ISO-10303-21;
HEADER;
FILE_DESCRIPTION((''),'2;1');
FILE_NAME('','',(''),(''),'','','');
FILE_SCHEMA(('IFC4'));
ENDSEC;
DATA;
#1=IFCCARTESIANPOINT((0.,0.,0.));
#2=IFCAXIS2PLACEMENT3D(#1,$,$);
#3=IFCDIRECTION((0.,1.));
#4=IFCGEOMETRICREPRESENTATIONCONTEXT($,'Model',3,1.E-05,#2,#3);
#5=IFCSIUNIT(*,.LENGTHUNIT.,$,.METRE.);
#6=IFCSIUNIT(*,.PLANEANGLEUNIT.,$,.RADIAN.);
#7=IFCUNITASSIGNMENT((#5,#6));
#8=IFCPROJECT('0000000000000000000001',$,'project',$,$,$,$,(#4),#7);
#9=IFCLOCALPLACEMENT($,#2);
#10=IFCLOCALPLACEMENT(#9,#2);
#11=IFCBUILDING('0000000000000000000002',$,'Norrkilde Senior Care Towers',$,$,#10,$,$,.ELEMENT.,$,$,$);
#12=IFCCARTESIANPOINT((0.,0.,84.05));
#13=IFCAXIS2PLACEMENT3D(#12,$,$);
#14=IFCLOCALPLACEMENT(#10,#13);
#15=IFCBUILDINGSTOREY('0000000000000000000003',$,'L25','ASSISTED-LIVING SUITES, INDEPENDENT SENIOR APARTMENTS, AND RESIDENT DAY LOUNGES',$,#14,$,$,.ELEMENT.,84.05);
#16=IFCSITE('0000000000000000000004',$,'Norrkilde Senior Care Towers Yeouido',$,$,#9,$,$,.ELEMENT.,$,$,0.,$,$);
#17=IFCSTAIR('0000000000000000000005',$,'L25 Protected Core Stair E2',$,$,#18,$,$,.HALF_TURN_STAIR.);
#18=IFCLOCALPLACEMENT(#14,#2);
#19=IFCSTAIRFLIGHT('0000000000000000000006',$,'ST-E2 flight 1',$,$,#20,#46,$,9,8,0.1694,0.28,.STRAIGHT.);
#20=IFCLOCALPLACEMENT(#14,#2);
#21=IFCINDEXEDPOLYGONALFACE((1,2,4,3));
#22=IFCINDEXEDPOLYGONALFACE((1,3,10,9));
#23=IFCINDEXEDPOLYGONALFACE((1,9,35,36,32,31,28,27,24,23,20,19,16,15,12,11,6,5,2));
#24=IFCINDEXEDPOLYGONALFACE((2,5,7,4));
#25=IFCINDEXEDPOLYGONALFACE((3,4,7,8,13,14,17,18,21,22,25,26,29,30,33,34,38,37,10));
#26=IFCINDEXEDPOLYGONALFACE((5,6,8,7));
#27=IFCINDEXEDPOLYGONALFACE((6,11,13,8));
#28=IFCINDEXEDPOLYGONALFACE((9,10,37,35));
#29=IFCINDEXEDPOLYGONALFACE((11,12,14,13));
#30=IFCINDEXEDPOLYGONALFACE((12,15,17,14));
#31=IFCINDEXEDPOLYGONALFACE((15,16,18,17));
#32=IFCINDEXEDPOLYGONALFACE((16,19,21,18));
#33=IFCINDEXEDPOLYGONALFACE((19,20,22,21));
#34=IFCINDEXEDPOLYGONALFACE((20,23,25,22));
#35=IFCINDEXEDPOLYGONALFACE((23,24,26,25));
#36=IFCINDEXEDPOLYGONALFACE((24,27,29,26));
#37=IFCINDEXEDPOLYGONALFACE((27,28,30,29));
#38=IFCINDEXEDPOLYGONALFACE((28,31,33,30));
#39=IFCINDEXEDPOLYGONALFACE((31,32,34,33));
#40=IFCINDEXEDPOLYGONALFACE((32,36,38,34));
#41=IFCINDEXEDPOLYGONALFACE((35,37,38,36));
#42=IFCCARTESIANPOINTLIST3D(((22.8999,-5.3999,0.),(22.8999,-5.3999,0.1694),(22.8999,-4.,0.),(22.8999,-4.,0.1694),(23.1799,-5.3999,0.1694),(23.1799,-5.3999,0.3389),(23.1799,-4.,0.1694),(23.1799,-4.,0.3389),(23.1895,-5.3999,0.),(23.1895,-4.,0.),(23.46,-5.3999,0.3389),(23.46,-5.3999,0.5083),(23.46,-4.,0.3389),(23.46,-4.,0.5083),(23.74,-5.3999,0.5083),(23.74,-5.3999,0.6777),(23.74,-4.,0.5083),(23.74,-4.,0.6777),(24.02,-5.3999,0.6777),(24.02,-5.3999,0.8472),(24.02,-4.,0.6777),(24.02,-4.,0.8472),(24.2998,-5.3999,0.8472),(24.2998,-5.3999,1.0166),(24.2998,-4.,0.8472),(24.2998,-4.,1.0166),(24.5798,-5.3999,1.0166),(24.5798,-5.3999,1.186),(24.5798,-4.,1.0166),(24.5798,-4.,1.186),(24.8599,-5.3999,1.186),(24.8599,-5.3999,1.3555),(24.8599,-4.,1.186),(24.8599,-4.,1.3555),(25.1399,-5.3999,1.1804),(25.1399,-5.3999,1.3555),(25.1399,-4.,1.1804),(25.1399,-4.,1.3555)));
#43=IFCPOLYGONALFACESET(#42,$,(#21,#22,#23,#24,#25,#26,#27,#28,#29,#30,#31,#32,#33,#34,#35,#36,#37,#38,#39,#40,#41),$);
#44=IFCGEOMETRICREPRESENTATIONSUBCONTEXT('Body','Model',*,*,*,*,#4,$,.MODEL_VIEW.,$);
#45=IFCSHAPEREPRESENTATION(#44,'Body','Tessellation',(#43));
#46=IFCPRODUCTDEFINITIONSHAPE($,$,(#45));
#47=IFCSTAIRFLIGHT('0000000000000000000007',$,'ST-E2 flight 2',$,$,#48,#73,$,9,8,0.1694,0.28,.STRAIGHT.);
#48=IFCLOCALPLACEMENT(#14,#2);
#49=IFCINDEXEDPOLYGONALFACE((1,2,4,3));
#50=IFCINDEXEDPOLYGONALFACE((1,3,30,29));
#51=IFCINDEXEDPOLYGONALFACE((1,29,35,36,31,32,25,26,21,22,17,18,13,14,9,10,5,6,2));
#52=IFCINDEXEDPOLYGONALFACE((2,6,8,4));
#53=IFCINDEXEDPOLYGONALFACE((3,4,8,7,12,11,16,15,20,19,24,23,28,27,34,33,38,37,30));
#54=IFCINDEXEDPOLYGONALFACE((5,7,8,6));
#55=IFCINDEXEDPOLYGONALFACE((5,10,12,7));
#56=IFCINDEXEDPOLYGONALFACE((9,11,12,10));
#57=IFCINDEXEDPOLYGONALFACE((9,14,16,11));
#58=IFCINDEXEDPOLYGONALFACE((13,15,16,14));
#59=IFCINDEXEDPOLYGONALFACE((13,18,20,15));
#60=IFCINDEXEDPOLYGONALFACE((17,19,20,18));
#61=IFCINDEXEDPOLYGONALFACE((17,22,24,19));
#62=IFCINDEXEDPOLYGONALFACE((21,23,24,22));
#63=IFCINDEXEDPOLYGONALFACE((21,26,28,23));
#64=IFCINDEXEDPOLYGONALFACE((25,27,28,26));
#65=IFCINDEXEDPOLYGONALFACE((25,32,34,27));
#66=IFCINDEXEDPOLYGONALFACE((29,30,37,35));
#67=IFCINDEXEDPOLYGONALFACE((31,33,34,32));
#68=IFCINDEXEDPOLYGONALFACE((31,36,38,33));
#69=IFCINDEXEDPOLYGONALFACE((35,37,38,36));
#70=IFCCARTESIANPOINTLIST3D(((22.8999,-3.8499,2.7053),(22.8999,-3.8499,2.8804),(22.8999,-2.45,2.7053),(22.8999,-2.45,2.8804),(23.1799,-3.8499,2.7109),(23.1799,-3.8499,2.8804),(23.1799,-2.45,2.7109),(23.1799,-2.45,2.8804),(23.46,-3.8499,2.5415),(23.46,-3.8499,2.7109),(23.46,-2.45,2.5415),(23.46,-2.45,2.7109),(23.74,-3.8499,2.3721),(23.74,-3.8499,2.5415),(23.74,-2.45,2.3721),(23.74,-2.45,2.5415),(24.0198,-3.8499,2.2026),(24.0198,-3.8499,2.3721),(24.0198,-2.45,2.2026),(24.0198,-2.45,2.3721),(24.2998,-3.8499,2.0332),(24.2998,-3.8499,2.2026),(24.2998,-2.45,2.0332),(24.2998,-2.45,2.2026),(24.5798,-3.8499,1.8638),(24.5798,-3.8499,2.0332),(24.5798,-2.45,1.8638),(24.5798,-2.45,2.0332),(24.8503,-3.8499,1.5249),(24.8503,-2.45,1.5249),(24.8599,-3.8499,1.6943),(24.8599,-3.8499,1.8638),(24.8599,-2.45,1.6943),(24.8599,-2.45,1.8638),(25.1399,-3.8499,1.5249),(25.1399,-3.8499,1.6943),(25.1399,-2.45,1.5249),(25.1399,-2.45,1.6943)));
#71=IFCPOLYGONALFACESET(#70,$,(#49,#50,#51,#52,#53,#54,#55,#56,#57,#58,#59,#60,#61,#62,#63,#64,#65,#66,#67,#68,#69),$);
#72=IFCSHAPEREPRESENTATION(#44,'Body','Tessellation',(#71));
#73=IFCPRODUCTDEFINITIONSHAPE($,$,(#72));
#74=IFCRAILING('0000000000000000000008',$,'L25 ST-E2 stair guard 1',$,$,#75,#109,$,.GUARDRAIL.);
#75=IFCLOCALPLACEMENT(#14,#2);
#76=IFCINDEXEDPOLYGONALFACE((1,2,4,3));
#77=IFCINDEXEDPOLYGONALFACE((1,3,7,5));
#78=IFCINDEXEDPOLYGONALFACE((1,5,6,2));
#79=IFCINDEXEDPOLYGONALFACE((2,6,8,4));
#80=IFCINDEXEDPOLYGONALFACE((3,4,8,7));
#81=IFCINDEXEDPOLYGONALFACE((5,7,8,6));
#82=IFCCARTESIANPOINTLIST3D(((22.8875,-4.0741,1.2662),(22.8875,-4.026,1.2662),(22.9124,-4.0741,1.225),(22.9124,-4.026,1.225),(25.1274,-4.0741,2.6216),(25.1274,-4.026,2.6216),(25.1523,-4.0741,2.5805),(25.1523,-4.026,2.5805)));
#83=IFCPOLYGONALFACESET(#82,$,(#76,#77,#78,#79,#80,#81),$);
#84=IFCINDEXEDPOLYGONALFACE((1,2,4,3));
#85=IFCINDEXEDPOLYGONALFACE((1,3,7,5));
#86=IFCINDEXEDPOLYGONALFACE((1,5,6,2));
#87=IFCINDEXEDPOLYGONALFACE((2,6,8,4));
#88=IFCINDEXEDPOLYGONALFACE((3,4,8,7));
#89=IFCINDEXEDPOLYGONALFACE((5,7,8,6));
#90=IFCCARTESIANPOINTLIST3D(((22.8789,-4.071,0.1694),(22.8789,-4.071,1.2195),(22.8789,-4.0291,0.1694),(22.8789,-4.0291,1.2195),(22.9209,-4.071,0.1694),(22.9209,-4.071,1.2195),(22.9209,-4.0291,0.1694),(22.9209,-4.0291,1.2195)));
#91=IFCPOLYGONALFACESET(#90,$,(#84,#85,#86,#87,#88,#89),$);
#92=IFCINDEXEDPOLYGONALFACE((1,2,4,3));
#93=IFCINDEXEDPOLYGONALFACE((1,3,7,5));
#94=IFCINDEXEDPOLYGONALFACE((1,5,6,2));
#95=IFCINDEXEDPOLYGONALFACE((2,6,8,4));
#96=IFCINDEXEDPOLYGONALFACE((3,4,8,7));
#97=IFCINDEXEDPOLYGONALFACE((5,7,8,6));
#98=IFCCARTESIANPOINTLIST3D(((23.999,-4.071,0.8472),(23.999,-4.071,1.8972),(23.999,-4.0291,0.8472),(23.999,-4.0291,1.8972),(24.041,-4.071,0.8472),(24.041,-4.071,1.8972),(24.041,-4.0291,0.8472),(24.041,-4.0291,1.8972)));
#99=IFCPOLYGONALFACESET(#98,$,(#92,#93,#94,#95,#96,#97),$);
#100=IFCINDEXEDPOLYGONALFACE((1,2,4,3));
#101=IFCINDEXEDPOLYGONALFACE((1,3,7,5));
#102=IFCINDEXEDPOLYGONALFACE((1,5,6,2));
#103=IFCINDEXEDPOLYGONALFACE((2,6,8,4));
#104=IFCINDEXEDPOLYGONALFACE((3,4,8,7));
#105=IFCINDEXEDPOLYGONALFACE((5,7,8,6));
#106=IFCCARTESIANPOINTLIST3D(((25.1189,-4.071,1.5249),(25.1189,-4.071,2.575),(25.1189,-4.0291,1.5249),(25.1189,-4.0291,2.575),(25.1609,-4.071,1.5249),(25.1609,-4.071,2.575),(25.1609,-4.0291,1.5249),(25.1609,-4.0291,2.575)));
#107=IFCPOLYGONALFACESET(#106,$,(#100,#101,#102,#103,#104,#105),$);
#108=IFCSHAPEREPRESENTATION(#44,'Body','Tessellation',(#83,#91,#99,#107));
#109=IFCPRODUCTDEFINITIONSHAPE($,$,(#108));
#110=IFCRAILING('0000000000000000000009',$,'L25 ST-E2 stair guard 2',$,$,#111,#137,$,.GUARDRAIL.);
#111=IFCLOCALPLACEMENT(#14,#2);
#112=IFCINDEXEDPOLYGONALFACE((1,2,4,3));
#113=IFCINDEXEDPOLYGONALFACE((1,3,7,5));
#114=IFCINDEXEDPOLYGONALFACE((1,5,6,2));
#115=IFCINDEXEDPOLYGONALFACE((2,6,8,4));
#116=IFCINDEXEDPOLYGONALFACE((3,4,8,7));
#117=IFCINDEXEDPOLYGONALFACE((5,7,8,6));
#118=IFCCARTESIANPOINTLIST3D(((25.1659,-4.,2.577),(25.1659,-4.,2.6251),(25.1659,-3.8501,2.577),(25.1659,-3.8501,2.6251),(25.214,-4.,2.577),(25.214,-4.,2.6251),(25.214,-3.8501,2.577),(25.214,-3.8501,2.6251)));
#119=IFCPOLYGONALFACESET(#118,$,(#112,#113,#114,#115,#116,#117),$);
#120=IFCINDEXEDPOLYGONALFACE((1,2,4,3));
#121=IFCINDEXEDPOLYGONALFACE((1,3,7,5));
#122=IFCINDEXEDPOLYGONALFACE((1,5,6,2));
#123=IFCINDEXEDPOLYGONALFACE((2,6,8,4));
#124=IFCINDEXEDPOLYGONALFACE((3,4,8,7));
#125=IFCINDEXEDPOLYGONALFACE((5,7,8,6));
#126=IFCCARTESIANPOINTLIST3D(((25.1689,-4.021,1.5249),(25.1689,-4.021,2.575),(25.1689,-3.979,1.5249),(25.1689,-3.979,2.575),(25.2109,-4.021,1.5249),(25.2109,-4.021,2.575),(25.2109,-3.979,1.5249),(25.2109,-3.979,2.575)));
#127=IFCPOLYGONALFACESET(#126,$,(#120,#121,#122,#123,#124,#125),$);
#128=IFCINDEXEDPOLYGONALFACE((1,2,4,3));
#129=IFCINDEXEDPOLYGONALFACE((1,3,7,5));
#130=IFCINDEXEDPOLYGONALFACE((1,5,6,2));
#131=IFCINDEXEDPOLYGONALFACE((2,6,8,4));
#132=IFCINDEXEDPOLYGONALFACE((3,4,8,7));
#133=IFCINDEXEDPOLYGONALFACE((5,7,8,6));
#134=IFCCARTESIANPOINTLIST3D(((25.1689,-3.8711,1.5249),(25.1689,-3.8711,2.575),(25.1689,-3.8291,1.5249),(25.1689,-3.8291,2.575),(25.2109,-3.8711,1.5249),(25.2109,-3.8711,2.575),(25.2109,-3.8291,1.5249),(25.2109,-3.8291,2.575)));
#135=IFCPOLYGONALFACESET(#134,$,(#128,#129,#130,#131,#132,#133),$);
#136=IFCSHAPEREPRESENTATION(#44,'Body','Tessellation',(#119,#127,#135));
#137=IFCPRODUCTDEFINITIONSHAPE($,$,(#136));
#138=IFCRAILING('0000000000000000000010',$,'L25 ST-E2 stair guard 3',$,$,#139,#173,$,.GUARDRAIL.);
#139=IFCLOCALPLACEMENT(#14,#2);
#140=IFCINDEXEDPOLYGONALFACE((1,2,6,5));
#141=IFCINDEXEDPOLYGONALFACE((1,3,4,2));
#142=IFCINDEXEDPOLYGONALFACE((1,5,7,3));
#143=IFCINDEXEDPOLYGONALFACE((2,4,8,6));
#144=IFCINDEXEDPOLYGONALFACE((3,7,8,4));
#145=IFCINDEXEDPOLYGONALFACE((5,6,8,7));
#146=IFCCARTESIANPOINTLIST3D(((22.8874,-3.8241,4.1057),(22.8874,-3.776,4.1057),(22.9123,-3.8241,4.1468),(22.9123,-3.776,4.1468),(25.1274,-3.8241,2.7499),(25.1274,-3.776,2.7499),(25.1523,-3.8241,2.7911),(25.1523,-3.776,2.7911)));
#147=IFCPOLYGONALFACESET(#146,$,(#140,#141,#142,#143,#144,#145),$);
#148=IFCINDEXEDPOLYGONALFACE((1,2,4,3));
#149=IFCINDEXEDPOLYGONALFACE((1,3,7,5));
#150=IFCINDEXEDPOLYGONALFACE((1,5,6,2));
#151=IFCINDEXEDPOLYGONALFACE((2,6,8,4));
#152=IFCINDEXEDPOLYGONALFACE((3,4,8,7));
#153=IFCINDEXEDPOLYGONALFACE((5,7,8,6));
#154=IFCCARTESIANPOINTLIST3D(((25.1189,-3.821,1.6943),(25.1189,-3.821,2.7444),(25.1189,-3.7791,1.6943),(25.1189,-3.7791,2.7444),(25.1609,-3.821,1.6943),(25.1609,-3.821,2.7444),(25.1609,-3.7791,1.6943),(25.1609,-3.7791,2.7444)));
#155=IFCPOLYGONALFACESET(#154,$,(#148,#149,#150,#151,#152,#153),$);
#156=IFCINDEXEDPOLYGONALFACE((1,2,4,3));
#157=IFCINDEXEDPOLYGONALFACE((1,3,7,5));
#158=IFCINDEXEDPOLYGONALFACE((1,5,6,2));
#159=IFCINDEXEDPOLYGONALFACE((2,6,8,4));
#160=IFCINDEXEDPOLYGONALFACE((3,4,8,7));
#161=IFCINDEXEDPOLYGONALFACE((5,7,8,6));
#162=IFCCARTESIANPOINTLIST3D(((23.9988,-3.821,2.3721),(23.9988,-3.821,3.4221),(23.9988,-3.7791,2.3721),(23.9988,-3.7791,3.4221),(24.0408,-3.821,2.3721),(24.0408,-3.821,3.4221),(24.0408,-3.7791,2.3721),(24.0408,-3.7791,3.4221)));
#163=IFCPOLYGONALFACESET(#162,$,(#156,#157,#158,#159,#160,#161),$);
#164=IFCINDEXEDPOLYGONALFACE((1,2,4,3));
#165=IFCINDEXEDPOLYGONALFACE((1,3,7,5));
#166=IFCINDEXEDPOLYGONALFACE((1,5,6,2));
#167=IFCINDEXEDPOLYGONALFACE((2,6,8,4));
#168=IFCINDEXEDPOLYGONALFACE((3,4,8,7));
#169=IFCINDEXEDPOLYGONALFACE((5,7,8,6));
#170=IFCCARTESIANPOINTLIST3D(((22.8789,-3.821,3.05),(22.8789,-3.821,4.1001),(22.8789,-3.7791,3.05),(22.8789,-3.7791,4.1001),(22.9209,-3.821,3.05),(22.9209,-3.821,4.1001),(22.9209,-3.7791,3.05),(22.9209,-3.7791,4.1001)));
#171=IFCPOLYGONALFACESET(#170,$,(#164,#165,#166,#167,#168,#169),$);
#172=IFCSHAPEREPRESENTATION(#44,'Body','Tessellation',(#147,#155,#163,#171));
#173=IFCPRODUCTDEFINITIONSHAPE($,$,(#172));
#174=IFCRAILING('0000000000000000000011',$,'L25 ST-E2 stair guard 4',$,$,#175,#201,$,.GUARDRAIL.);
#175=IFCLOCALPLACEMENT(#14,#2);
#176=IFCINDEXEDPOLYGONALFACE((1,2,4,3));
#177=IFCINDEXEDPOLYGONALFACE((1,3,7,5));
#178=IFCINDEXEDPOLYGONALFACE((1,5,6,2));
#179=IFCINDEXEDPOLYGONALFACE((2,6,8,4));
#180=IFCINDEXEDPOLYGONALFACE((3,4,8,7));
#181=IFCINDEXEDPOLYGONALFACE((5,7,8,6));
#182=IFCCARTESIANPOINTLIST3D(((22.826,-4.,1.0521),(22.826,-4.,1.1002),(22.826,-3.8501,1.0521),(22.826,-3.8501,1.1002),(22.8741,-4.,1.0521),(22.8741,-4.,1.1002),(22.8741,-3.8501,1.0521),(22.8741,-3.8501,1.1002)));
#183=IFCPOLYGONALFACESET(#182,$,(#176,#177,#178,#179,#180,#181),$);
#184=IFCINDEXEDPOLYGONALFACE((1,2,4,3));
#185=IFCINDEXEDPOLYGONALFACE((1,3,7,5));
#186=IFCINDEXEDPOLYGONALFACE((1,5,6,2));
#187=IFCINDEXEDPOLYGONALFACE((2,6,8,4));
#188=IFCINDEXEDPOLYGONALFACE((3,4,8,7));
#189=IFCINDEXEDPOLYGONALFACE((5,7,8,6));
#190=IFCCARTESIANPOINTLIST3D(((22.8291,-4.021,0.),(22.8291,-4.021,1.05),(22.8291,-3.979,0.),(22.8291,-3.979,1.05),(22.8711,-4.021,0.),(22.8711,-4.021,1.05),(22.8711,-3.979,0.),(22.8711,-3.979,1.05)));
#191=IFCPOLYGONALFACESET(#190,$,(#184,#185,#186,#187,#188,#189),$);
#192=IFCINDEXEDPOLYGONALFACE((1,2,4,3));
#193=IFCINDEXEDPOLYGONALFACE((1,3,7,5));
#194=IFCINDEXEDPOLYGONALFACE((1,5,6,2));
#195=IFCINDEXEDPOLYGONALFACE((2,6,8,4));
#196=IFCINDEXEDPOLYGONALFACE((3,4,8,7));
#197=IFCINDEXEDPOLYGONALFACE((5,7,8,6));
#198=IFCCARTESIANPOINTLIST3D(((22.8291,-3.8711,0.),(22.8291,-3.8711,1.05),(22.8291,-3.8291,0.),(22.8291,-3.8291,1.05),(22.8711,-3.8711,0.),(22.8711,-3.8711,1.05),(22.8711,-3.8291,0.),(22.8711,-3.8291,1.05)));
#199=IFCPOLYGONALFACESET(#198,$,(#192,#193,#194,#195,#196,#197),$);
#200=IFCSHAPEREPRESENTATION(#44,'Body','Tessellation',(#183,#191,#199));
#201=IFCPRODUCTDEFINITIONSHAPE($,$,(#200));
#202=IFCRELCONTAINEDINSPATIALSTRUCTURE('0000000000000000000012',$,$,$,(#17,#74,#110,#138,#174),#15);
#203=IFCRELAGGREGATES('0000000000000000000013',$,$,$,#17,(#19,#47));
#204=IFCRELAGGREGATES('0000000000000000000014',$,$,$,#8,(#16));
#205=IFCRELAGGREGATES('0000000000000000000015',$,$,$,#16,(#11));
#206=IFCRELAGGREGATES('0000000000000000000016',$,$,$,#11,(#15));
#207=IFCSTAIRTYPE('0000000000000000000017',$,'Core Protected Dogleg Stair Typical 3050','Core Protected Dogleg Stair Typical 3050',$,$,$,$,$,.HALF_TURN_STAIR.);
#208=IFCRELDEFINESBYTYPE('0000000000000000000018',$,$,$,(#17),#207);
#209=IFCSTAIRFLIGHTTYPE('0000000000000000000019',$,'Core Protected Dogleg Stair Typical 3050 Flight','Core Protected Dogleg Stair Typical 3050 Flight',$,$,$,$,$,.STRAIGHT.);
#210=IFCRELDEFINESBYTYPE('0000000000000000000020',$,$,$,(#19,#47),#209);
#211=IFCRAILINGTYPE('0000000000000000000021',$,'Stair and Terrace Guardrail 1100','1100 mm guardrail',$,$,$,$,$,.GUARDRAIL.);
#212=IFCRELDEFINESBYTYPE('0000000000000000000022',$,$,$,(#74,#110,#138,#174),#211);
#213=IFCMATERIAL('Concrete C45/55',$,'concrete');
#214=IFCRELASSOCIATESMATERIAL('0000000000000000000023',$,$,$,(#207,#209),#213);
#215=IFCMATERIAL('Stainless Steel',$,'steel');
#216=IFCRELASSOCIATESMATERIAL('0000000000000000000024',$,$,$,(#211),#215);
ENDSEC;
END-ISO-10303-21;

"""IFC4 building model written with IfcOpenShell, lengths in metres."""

from ifc_helpers import new_model, si_unit, direction, frame, origin, origin_2d, place, context, subcontext, project, spatial, polyline, rectangle, outline, extrude, material, type_object, element, aggregate, save


model = new_model("IFC4")

# Units and contexts
model_context = context("Model", 3, precision=1e-05, world=origin(), true_north=direction((0.0, 1.0)))
body_context = subcontext(model_context, "Body", "Model", "MODEL_VIEW")
ifc_project = project(units=[si_unit("LENGTHUNIT", "METRE"), si_unit("PLANEANGLEUNIT", "RADIAN")], contexts=[model_context])

# Site, building, storey
site_placement = place(None, origin())
site = spatial("IfcSite", under=ifc_project, at=site_placement, Name="Norrkilde Senior Care Towers Yeouido", CompositionType="ELEMENT", RefElevation=0.0)
building_placement = place(site_placement, origin())
building = spatial("IfcBuilding", under=site, at=building_placement, Name="Norrkilde Senior Care Towers", CompositionType="ELEMENT")
storey_placement = place(building_placement, frame((0.0, 0.0, 84.05)))
storey = spatial("IfcBuildingStorey", under=building, at=storey_placement, Name="L25", Description="ASSISTED-LIVING SUITES, INDEPENDENT SENIOR APARTMENTS, AND RESIDENT DAY LOUNGES", CompositionType="ELEMENT", Elevation=84.05)

# Shared definitions
ifc_material_1 = material(Name="Concrete C45/55", Category="concrete")

# Stair, stair flights
stair_type = type_object("IfcStairType", Name="Core Protected Dogleg Stair Typical 3050", Description="Core Protected Dogleg Stair Typical 3050", PredefinedType="HALF_TURN_STAIR", material=ifc_material_1)
stair_placement = place(storey_placement, origin())
stair = element("IfcStair", 1, at=stair_placement, inside=storey, type_object=stair_type, Name="L25 Protected Core Stair E2", PredefinedType="HALF_TURN_STAIR")
stair_flight_type = type_object("IfcStairFlightType", Name="Core Protected Dogleg Stair Typical 3050 Flight", Description="Core Protected Dogleg Stair Typical 3050 Flight", PredefinedType="STRAIGHT", material=ifc_material_1)
stair_flight_1_placement = place(storey_placement, frame((22.8999, -4.7, 0.0), z_axis=(0.0, 0.0, 1.0), x_axis=(1.0, 0.0, 0.0)))
stair_flight_1 = element("IfcStairFlight", 2, at=stair_flight_1_placement, type_object=stair_flight_type, Name="ST-E2 flight 1", NumberOfRisers=9, NumberOfTreads=8, PredefinedType="STRAIGHT", RiserHeight=0.1694, TreadLength=0.28, context=body_context, shape_type="SweptSolid", body=[
    extrude(outline(polyline([(0.0, 0.0), (0.0, 0.1694), (0.28, 0.1694), (0.28, 0.3389), (0.5601, 0.3389), (0.5601, 0.5083), (0.8401, 0.5083), (0.8401, 0.6777), (1.1201, 0.6777), (1.1201, 0.8472), (1.3999, 0.8472), (1.3999, 1.0166), (1.6799, 1.0166), (1.6799, 1.186), (1.96, 1.186), (1.96, 1.3555), (2.24, 1.3555), (2.24, 1.5249), (2.24, 1.1804), (0.2896, 0.0), (0.0, 0.0)])), frame((0.0, 0.7, 0.0), z_axis=(0.0, -1.0, 0.0), x_axis=(1.0, 0.0, 0.0)), (0.0, 0.0, 1.0), 1.3999),
])
stair_flight_2_placement = place(storey_placement, frame((25.1399, -3.1499, 1.5249), z_axis=(0.0, 0.0, 1.0), x_axis=(-1.0, 0.0, 0.0)))
stair_flight_2 = element("IfcStairFlight", 3, at=stair_flight_2_placement, type_object=stair_flight_type, Name="ST-E2 flight 2", NumberOfRisers=9, NumberOfTreads=8, PredefinedType="STRAIGHT", RiserHeight=0.1694, TreadLength=0.28, context=body_context, shape_type="SweptSolid", body=[
    extrude(outline(polyline([(0.0, 0.0), (0.0, 0.1694), (0.28, 0.1694), (0.28, 0.3389), (0.5601, 0.3389), (0.5601, 0.5083), (0.8401, 0.5083), (0.8401, 0.6777), (1.1201, 0.6777), (1.1201, 0.8472), (1.3999, 0.8472), (1.3999, 1.0166), (1.6799, 1.0166), (1.6799, 1.186), (1.96, 1.186), (1.96, 1.3555), (2.24, 1.3555), (2.24, 1.5249), (2.24, 1.1804), (0.2896, 0.0), (0.0, 0.0)])), frame((0.0, 0.7, 0.0), z_axis=(0.0, -1.0, 0.0), x_axis=(1.0, 0.0, 0.0)), (0.0, 0.0, 1.0), 1.3999),
])
aggregate(stair, [stair_flight_1, stair_flight_2])

# Railings
ifc_material_2 = material(Name="Stainless Steel", Category="steel")
railing_type_1 = type_object("IfcRailingType", Name="Stair and Terrace Guardrail 1100", Description="1100 mm guardrail", PredefinedType="GUARDRAIL", material=ifc_material_2)
railing_1_placement = place(storey_placement, frame((22.8999, -4.05, 0.1694)))
element("IfcRailing", 4, at=railing_1_placement, inside=storey, type_object=railing_type_1, Name="L25 ST-E2 stair guard 1", PredefinedType="GUARDRAIL", context=body_context, shape_type="SweptSolid", body=[
    extrude(rectangle(XDim=0.0481, YDim=0.0481, at=origin_2d()), frame((0.0, 0.0, 1.0762), z_axis=(0.855553, 0.0, 0.517715), x_axis=(0.0, 1.0, 0.0)), (0.0, 0.0, 1.0), 2.6182),
    extrude(rectangle(XDim=0.042, YDim=0.042, at=origin_2d()), origin(), (0.0, 0.0, 1.0), 1.05),
    extrude(rectangle(XDim=0.042, YDim=0.042, at=origin_2d()), frame((1.1201, 0.0, 0.6777)), (0.0, 0.0, 1.0), 1.05),
    extrude(rectangle(XDim=0.042, YDim=0.042, at=origin_2d()), frame((2.24, 0.0, 1.3555)), (0.0, 0.0, 1.0), 1.05),
])
railing_2_placement = place(storey_placement, frame((25.1899, -4.0, 1.5249)))
element("IfcRailing", 5, at=railing_2_placement, inside=storey, type_object=railing_type_1, Name="L25 ST-E2 stair guard 2", PredefinedType="GUARDRAIL", context=body_context, shape_type="SweptSolid", body=[
    extrude(rectangle(XDim=0.0481, YDim=0.0481, at=origin_2d()), frame((0.0, 0.0, 1.0762), z_axis=(0.0, 1.0, 0.0), x_axis=(-1.0, 0.0, 0.0)), (0.0, 0.0, 1.0), 0.1499),
    extrude(rectangle(XDim=0.042, YDim=0.042, at=origin_2d()), origin(), (0.0, 0.0, 1.0), 1.05),
    extrude(rectangle(XDim=0.042, YDim=0.042, at=origin_2d()), frame((0.0, 0.1499, 0.0)), (0.0, 0.0, 1.0), 1.05),
])
railing_3_placement = place(storey_placement, frame((25.1399, -3.8, 1.6943)))
element("IfcRailing", 6, at=railing_3_placement, inside=storey, type_object=railing_type_1, Name="L25 ST-E2 stair guard 3", PredefinedType="GUARDRAIL", context=body_context, shape_type="SweptSolid", body=[
    extrude(rectangle(XDim=0.0481, YDim=0.0481, at=origin_2d()), frame((0.0, 0.0, 1.0762), z_axis=(-0.855512, 0.0, 0.517783), x_axis=(0.0, -1.0, 0.0)), (0.0, 0.0, 1.0), 2.6184),
    extrude(rectangle(XDim=0.042, YDim=0.042, at=origin_2d()), origin(), (0.0, 0.0, 1.0), 1.05),
    extrude(rectangle(XDim=0.042, YDim=0.042, at=origin_2d()), frame((-1.1201, 0.0, 0.6777)), (0.0, 0.0, 1.0), 1.05),
    extrude(rectangle(XDim=0.042, YDim=0.042, at=origin_2d()), frame((-2.24, 0.0, 1.3557)), (0.0, 0.0, 1.0), 1.05),
])
railing_4_placement = place(storey_placement, frame((22.8501, -4.0, 0.0)))
element("IfcRailing", 7, at=railing_4_placement, inside=storey, type_object=railing_type_1, Name="L25 ST-E2 stair guard 4", PredefinedType="GUARDRAIL", context=body_context, shape_type="SweptSolid", body=[
    extrude(rectangle(XDim=0.0481, YDim=0.0481, at=origin_2d()), frame((0.0, 0.0, 1.0762), z_axis=(0.0, 1.0, 0.0), x_axis=(-1.0, 0.0, 0.0)), (0.0, 0.0, 1.0), 0.1499),
    extrude(rectangle(XDim=0.042, YDim=0.042, at=origin_2d()), origin(), (0.0, 0.0, 1.0), 1.05),
    extrude(rectangle(XDim=0.042, YDim=0.042, at=origin_2d()), frame((0.0, 0.1499, 0.0)), (0.0, 0.0, 1.0), 1.05),
])

save(model, "model.ifc")
